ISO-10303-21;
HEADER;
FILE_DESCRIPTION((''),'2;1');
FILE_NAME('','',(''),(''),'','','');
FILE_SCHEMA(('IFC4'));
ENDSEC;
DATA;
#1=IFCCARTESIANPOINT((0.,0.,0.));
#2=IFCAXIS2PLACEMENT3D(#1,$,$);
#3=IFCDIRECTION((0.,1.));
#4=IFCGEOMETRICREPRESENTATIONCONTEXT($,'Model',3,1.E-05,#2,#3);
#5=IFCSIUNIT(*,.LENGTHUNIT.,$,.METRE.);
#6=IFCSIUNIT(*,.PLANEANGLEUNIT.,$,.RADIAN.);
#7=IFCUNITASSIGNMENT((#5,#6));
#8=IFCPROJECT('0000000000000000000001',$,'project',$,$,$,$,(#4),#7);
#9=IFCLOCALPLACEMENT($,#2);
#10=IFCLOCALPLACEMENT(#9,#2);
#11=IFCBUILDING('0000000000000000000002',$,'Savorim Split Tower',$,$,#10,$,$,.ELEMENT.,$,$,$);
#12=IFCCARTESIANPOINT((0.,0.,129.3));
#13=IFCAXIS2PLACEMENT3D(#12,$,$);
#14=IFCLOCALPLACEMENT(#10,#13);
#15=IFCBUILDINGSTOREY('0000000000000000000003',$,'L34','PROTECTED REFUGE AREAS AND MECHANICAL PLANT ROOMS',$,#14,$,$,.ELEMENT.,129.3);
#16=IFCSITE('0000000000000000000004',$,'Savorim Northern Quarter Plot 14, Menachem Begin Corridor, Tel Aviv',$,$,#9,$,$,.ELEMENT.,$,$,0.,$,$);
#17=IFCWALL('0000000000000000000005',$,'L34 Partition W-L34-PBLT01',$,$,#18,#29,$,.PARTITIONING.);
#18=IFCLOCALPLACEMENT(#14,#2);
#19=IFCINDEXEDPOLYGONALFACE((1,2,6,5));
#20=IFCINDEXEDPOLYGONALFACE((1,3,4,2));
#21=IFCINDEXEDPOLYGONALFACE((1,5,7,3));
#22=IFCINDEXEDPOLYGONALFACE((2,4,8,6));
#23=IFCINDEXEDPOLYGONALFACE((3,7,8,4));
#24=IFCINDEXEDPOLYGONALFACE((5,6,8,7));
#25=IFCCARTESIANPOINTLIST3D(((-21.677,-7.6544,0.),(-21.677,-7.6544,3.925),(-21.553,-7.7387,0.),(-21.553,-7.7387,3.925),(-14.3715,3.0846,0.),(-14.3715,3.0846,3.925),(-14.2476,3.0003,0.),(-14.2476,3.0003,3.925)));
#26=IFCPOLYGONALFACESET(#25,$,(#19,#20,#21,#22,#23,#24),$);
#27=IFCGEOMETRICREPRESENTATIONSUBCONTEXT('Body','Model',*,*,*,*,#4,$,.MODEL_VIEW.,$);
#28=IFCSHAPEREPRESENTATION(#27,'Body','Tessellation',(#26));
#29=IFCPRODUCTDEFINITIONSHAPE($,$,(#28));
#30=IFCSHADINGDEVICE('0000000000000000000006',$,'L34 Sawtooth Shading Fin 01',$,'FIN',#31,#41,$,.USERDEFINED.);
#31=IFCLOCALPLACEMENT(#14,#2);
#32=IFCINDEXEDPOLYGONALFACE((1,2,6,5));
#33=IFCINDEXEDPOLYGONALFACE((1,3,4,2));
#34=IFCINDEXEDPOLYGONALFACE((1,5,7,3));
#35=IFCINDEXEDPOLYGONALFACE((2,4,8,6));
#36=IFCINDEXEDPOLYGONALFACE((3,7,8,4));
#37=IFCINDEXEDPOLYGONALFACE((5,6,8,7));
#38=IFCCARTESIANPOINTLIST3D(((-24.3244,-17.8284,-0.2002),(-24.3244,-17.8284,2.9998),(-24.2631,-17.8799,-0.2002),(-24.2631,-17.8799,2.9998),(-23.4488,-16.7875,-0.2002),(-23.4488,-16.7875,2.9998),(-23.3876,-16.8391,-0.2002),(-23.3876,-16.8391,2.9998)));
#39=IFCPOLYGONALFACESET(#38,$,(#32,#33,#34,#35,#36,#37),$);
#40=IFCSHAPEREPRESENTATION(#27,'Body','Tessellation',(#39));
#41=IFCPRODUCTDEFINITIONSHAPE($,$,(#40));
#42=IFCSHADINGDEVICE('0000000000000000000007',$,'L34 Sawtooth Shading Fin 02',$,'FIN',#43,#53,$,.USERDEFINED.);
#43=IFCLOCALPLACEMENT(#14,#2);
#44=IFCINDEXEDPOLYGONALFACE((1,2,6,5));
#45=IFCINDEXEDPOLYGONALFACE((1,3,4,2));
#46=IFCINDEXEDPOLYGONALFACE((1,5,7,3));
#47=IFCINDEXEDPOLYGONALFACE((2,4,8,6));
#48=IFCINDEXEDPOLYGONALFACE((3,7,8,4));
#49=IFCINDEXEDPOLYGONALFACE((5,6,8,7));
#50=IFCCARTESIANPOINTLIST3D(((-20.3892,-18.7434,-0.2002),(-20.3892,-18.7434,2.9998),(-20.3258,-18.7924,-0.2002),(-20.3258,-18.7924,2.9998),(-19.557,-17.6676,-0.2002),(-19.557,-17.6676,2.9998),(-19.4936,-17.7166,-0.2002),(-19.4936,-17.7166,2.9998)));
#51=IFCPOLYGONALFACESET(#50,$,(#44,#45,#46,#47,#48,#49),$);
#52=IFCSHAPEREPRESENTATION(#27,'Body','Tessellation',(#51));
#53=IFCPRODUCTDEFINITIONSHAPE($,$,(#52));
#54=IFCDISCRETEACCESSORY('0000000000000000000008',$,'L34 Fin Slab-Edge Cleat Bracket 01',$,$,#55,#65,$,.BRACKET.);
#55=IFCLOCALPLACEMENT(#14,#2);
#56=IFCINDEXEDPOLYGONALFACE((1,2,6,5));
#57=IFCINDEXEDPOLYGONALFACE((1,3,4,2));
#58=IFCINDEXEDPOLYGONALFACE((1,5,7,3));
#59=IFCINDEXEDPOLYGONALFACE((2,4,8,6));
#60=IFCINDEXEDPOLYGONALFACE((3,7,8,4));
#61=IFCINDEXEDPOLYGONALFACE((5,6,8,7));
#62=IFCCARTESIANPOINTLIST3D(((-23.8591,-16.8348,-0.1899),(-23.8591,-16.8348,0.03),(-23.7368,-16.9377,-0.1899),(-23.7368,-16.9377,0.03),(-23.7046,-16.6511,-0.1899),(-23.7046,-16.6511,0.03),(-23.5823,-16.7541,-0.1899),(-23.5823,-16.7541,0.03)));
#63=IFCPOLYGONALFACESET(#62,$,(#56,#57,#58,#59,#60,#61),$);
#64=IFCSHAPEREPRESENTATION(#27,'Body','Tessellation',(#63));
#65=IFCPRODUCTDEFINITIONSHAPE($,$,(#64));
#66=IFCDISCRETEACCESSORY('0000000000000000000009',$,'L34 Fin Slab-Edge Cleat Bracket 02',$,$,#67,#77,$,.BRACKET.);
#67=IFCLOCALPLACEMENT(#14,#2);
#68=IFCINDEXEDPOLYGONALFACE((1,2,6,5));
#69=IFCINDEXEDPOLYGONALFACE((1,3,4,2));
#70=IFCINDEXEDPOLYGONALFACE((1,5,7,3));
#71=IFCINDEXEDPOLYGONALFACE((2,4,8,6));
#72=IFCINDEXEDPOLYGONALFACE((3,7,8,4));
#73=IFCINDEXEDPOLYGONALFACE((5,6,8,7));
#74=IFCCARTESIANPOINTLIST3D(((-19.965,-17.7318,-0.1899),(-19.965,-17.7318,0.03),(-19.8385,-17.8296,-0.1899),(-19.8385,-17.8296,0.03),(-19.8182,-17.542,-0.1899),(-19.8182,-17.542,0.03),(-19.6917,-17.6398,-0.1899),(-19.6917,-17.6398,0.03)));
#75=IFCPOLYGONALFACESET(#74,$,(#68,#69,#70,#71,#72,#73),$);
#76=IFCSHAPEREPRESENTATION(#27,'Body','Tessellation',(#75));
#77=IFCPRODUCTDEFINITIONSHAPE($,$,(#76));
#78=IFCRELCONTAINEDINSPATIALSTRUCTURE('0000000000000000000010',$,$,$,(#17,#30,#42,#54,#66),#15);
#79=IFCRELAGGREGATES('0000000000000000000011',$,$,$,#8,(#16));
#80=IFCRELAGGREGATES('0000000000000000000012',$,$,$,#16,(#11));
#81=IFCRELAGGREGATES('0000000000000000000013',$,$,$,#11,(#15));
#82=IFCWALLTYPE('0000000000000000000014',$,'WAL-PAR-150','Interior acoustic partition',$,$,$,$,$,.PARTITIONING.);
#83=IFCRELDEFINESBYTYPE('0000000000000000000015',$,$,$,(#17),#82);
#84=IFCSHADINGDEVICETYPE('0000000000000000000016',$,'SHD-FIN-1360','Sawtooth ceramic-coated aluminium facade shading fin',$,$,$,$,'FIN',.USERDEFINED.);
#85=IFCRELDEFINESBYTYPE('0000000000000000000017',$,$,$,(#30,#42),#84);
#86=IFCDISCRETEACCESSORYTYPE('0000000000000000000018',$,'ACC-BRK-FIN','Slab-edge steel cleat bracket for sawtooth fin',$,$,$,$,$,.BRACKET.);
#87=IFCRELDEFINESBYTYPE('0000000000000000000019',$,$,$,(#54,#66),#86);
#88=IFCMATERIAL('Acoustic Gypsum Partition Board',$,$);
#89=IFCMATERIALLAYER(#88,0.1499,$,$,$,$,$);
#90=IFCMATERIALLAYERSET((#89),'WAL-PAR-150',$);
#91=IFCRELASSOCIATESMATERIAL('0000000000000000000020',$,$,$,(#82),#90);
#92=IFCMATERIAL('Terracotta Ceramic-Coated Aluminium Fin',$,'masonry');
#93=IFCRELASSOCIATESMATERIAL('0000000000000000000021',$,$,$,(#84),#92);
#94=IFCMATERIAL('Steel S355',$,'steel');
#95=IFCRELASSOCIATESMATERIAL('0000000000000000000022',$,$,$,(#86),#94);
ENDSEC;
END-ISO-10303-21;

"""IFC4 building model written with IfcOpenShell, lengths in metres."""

from ifc_helpers import new_model, si_unit, direction, frame, frame_2d, origin, origin_2d, place, context, subcontext, project, spatial, rectangle, extrude, material, layer, layer_set, type_object, element, save


model = new_model("IFC4")

# Units and contexts
model_context = context("Model", 3, precision=1e-05, world=origin(), true_north=direction((0.0, 1.0)))
body_context = subcontext(model_context, "Body", "Model", "MODEL_VIEW")
ifc_project = project(units=[si_unit("LENGTHUNIT", "METRE"), si_unit("PLANEANGLEUNIT", "RADIAN")], contexts=[model_context])

# Site, building, storey
site_placement = place(None, origin())
site = spatial("IfcSite", under=ifc_project, at=site_placement, Name="Savorim Northern Quarter Plot 14, Menachem Begin Corridor, Tel Aviv", CompositionType="ELEMENT", RefElevation=0.0)
building_placement = place(site_placement, origin())
building = spatial("IfcBuilding", under=site, at=building_placement, Name="Savorim Split Tower", CompositionType="ELEMENT")
storey_placement = place(building_placement, frame((0.0, 0.0, 129.3)))
storey = spatial("IfcBuildingStorey", under=building, at=storey_placement, Name="L34", Description="PROTECTED REFUGE AREAS AND MECHANICAL PLANT ROOMS", CompositionType="ELEMENT", Elevation=129.3)

# Wall
ifc_material_1 = material(Name="Acoustic Gypsum Partition Board")
ifc_layer_1 = layer(ifc_material_1, 0.1499)
ifc_layer_set_1 = layer_set([ifc_layer_1], Name="WAL-PAR-150")
wall_type_1 = type_object("IfcWallType", Name="WAL-PAR-150", Description="Interior acoustic partition", PredefinedType="PARTITIONING", material=ifc_layer_set_1)
wall_1_placement = place(storey_placement, frame((-21.615, -7.6965, 0.0), z_axis=(0.0, 0.0, 1.0), x_axis=(0.562462, 0.826823, 0.0)))
element("IfcWall", 1, at=wall_1_placement, inside=storey, type_object=wall_type_1, Name="L34 Partition W-L34-PBLT01", PredefinedType="PARTITIONING", context=body_context, shape_type="SweptSolid", body=[
    extrude(rectangle(XDim=12.9883, YDim=0.1499, at=frame_2d((6.4941, 0.0))), origin(), (0.0, 0.0, 1.0), 3.925),
])

# Shading devices
ifc_material_2 = material(Name="Terracotta Ceramic-Coated Aluminium Fin", Category="masonry")
shading_device_type = type_object("IfcShadingDeviceType", Name="SHD-FIN-1360", Description="Sawtooth ceramic-coated aluminium facade shading fin", ElementType="FIN", PredefinedType="USERDEFINED", material=ifc_material_2)
for number, where, z_axis, x_axis, name in (
    (2, (-23.856, -17.3337, -0.2002), (0.0, 0.0, 1.0), (-0.643719, -0.765262, 0.0), "L34 Sawtooth Shading Fin 01"),
    (3, (-19.9414, -18.23, -0.2002), (0.0, 0.0, 1.0), (-0.611868, -0.79096, 0.0), "L34 Sawtooth Shading Fin 02"),
):
    element("IfcShadingDevice", number, at=place(storey_placement, frame(where, z_axis=z_axis, x_axis=x_axis)), inside=storey, type_object=shading_device_type, Name=name, ObjectType="FIN", PredefinedType="USERDEFINED", context=body_context, shape_type="SweptSolid", body=[
        extrude(rectangle(XDim=1.3601, YDim=0.0801, at=origin_2d()), origin(), (0.0, 0.0, 1.0), 3.2),
    ])

# Discrete accessories
ifc_material_3 = material(Name="Steel S355", Category="steel")
discrete_accessory_type = type_object("IfcDiscreteAccessoryType", Name="ACC-BRK-FIN", Description="Slab-edge steel cleat bracket for sawtooth fin", PredefinedType="BRACKET", material=ifc_material_3)
for number, where, z_axis, x_axis, name in (
    (4, (-23.7207, -16.7944, -0.1899), (0.0, 0.0, 1.0), (-0.643719, -0.765262, 0.0), "L34 Fin Slab-Edge Cleat Bracket 01"),
    (5, (-19.8284, -17.6858, -0.1899), (0.0, 0.0, 1.0), (-0.611868, -0.79096, 0.0), "L34 Fin Slab-Edge Cleat Bracket 02"),
):
    element("IfcDiscreteAccessory", number, at=place(storey_placement, frame(where, z_axis=z_axis, x_axis=x_axis)), inside=storey, type_object=discrete_accessory_type, Name=name, PredefinedType="BRACKET", context=body_context, shape_type="SweptSolid", body=[
        extrude(rectangle(XDim=0.24, YDim=0.1599, at=origin_2d()), origin(), (0.0, 0.0, 1.0), 0.22),
    ])

save(model, "model.ifc")
